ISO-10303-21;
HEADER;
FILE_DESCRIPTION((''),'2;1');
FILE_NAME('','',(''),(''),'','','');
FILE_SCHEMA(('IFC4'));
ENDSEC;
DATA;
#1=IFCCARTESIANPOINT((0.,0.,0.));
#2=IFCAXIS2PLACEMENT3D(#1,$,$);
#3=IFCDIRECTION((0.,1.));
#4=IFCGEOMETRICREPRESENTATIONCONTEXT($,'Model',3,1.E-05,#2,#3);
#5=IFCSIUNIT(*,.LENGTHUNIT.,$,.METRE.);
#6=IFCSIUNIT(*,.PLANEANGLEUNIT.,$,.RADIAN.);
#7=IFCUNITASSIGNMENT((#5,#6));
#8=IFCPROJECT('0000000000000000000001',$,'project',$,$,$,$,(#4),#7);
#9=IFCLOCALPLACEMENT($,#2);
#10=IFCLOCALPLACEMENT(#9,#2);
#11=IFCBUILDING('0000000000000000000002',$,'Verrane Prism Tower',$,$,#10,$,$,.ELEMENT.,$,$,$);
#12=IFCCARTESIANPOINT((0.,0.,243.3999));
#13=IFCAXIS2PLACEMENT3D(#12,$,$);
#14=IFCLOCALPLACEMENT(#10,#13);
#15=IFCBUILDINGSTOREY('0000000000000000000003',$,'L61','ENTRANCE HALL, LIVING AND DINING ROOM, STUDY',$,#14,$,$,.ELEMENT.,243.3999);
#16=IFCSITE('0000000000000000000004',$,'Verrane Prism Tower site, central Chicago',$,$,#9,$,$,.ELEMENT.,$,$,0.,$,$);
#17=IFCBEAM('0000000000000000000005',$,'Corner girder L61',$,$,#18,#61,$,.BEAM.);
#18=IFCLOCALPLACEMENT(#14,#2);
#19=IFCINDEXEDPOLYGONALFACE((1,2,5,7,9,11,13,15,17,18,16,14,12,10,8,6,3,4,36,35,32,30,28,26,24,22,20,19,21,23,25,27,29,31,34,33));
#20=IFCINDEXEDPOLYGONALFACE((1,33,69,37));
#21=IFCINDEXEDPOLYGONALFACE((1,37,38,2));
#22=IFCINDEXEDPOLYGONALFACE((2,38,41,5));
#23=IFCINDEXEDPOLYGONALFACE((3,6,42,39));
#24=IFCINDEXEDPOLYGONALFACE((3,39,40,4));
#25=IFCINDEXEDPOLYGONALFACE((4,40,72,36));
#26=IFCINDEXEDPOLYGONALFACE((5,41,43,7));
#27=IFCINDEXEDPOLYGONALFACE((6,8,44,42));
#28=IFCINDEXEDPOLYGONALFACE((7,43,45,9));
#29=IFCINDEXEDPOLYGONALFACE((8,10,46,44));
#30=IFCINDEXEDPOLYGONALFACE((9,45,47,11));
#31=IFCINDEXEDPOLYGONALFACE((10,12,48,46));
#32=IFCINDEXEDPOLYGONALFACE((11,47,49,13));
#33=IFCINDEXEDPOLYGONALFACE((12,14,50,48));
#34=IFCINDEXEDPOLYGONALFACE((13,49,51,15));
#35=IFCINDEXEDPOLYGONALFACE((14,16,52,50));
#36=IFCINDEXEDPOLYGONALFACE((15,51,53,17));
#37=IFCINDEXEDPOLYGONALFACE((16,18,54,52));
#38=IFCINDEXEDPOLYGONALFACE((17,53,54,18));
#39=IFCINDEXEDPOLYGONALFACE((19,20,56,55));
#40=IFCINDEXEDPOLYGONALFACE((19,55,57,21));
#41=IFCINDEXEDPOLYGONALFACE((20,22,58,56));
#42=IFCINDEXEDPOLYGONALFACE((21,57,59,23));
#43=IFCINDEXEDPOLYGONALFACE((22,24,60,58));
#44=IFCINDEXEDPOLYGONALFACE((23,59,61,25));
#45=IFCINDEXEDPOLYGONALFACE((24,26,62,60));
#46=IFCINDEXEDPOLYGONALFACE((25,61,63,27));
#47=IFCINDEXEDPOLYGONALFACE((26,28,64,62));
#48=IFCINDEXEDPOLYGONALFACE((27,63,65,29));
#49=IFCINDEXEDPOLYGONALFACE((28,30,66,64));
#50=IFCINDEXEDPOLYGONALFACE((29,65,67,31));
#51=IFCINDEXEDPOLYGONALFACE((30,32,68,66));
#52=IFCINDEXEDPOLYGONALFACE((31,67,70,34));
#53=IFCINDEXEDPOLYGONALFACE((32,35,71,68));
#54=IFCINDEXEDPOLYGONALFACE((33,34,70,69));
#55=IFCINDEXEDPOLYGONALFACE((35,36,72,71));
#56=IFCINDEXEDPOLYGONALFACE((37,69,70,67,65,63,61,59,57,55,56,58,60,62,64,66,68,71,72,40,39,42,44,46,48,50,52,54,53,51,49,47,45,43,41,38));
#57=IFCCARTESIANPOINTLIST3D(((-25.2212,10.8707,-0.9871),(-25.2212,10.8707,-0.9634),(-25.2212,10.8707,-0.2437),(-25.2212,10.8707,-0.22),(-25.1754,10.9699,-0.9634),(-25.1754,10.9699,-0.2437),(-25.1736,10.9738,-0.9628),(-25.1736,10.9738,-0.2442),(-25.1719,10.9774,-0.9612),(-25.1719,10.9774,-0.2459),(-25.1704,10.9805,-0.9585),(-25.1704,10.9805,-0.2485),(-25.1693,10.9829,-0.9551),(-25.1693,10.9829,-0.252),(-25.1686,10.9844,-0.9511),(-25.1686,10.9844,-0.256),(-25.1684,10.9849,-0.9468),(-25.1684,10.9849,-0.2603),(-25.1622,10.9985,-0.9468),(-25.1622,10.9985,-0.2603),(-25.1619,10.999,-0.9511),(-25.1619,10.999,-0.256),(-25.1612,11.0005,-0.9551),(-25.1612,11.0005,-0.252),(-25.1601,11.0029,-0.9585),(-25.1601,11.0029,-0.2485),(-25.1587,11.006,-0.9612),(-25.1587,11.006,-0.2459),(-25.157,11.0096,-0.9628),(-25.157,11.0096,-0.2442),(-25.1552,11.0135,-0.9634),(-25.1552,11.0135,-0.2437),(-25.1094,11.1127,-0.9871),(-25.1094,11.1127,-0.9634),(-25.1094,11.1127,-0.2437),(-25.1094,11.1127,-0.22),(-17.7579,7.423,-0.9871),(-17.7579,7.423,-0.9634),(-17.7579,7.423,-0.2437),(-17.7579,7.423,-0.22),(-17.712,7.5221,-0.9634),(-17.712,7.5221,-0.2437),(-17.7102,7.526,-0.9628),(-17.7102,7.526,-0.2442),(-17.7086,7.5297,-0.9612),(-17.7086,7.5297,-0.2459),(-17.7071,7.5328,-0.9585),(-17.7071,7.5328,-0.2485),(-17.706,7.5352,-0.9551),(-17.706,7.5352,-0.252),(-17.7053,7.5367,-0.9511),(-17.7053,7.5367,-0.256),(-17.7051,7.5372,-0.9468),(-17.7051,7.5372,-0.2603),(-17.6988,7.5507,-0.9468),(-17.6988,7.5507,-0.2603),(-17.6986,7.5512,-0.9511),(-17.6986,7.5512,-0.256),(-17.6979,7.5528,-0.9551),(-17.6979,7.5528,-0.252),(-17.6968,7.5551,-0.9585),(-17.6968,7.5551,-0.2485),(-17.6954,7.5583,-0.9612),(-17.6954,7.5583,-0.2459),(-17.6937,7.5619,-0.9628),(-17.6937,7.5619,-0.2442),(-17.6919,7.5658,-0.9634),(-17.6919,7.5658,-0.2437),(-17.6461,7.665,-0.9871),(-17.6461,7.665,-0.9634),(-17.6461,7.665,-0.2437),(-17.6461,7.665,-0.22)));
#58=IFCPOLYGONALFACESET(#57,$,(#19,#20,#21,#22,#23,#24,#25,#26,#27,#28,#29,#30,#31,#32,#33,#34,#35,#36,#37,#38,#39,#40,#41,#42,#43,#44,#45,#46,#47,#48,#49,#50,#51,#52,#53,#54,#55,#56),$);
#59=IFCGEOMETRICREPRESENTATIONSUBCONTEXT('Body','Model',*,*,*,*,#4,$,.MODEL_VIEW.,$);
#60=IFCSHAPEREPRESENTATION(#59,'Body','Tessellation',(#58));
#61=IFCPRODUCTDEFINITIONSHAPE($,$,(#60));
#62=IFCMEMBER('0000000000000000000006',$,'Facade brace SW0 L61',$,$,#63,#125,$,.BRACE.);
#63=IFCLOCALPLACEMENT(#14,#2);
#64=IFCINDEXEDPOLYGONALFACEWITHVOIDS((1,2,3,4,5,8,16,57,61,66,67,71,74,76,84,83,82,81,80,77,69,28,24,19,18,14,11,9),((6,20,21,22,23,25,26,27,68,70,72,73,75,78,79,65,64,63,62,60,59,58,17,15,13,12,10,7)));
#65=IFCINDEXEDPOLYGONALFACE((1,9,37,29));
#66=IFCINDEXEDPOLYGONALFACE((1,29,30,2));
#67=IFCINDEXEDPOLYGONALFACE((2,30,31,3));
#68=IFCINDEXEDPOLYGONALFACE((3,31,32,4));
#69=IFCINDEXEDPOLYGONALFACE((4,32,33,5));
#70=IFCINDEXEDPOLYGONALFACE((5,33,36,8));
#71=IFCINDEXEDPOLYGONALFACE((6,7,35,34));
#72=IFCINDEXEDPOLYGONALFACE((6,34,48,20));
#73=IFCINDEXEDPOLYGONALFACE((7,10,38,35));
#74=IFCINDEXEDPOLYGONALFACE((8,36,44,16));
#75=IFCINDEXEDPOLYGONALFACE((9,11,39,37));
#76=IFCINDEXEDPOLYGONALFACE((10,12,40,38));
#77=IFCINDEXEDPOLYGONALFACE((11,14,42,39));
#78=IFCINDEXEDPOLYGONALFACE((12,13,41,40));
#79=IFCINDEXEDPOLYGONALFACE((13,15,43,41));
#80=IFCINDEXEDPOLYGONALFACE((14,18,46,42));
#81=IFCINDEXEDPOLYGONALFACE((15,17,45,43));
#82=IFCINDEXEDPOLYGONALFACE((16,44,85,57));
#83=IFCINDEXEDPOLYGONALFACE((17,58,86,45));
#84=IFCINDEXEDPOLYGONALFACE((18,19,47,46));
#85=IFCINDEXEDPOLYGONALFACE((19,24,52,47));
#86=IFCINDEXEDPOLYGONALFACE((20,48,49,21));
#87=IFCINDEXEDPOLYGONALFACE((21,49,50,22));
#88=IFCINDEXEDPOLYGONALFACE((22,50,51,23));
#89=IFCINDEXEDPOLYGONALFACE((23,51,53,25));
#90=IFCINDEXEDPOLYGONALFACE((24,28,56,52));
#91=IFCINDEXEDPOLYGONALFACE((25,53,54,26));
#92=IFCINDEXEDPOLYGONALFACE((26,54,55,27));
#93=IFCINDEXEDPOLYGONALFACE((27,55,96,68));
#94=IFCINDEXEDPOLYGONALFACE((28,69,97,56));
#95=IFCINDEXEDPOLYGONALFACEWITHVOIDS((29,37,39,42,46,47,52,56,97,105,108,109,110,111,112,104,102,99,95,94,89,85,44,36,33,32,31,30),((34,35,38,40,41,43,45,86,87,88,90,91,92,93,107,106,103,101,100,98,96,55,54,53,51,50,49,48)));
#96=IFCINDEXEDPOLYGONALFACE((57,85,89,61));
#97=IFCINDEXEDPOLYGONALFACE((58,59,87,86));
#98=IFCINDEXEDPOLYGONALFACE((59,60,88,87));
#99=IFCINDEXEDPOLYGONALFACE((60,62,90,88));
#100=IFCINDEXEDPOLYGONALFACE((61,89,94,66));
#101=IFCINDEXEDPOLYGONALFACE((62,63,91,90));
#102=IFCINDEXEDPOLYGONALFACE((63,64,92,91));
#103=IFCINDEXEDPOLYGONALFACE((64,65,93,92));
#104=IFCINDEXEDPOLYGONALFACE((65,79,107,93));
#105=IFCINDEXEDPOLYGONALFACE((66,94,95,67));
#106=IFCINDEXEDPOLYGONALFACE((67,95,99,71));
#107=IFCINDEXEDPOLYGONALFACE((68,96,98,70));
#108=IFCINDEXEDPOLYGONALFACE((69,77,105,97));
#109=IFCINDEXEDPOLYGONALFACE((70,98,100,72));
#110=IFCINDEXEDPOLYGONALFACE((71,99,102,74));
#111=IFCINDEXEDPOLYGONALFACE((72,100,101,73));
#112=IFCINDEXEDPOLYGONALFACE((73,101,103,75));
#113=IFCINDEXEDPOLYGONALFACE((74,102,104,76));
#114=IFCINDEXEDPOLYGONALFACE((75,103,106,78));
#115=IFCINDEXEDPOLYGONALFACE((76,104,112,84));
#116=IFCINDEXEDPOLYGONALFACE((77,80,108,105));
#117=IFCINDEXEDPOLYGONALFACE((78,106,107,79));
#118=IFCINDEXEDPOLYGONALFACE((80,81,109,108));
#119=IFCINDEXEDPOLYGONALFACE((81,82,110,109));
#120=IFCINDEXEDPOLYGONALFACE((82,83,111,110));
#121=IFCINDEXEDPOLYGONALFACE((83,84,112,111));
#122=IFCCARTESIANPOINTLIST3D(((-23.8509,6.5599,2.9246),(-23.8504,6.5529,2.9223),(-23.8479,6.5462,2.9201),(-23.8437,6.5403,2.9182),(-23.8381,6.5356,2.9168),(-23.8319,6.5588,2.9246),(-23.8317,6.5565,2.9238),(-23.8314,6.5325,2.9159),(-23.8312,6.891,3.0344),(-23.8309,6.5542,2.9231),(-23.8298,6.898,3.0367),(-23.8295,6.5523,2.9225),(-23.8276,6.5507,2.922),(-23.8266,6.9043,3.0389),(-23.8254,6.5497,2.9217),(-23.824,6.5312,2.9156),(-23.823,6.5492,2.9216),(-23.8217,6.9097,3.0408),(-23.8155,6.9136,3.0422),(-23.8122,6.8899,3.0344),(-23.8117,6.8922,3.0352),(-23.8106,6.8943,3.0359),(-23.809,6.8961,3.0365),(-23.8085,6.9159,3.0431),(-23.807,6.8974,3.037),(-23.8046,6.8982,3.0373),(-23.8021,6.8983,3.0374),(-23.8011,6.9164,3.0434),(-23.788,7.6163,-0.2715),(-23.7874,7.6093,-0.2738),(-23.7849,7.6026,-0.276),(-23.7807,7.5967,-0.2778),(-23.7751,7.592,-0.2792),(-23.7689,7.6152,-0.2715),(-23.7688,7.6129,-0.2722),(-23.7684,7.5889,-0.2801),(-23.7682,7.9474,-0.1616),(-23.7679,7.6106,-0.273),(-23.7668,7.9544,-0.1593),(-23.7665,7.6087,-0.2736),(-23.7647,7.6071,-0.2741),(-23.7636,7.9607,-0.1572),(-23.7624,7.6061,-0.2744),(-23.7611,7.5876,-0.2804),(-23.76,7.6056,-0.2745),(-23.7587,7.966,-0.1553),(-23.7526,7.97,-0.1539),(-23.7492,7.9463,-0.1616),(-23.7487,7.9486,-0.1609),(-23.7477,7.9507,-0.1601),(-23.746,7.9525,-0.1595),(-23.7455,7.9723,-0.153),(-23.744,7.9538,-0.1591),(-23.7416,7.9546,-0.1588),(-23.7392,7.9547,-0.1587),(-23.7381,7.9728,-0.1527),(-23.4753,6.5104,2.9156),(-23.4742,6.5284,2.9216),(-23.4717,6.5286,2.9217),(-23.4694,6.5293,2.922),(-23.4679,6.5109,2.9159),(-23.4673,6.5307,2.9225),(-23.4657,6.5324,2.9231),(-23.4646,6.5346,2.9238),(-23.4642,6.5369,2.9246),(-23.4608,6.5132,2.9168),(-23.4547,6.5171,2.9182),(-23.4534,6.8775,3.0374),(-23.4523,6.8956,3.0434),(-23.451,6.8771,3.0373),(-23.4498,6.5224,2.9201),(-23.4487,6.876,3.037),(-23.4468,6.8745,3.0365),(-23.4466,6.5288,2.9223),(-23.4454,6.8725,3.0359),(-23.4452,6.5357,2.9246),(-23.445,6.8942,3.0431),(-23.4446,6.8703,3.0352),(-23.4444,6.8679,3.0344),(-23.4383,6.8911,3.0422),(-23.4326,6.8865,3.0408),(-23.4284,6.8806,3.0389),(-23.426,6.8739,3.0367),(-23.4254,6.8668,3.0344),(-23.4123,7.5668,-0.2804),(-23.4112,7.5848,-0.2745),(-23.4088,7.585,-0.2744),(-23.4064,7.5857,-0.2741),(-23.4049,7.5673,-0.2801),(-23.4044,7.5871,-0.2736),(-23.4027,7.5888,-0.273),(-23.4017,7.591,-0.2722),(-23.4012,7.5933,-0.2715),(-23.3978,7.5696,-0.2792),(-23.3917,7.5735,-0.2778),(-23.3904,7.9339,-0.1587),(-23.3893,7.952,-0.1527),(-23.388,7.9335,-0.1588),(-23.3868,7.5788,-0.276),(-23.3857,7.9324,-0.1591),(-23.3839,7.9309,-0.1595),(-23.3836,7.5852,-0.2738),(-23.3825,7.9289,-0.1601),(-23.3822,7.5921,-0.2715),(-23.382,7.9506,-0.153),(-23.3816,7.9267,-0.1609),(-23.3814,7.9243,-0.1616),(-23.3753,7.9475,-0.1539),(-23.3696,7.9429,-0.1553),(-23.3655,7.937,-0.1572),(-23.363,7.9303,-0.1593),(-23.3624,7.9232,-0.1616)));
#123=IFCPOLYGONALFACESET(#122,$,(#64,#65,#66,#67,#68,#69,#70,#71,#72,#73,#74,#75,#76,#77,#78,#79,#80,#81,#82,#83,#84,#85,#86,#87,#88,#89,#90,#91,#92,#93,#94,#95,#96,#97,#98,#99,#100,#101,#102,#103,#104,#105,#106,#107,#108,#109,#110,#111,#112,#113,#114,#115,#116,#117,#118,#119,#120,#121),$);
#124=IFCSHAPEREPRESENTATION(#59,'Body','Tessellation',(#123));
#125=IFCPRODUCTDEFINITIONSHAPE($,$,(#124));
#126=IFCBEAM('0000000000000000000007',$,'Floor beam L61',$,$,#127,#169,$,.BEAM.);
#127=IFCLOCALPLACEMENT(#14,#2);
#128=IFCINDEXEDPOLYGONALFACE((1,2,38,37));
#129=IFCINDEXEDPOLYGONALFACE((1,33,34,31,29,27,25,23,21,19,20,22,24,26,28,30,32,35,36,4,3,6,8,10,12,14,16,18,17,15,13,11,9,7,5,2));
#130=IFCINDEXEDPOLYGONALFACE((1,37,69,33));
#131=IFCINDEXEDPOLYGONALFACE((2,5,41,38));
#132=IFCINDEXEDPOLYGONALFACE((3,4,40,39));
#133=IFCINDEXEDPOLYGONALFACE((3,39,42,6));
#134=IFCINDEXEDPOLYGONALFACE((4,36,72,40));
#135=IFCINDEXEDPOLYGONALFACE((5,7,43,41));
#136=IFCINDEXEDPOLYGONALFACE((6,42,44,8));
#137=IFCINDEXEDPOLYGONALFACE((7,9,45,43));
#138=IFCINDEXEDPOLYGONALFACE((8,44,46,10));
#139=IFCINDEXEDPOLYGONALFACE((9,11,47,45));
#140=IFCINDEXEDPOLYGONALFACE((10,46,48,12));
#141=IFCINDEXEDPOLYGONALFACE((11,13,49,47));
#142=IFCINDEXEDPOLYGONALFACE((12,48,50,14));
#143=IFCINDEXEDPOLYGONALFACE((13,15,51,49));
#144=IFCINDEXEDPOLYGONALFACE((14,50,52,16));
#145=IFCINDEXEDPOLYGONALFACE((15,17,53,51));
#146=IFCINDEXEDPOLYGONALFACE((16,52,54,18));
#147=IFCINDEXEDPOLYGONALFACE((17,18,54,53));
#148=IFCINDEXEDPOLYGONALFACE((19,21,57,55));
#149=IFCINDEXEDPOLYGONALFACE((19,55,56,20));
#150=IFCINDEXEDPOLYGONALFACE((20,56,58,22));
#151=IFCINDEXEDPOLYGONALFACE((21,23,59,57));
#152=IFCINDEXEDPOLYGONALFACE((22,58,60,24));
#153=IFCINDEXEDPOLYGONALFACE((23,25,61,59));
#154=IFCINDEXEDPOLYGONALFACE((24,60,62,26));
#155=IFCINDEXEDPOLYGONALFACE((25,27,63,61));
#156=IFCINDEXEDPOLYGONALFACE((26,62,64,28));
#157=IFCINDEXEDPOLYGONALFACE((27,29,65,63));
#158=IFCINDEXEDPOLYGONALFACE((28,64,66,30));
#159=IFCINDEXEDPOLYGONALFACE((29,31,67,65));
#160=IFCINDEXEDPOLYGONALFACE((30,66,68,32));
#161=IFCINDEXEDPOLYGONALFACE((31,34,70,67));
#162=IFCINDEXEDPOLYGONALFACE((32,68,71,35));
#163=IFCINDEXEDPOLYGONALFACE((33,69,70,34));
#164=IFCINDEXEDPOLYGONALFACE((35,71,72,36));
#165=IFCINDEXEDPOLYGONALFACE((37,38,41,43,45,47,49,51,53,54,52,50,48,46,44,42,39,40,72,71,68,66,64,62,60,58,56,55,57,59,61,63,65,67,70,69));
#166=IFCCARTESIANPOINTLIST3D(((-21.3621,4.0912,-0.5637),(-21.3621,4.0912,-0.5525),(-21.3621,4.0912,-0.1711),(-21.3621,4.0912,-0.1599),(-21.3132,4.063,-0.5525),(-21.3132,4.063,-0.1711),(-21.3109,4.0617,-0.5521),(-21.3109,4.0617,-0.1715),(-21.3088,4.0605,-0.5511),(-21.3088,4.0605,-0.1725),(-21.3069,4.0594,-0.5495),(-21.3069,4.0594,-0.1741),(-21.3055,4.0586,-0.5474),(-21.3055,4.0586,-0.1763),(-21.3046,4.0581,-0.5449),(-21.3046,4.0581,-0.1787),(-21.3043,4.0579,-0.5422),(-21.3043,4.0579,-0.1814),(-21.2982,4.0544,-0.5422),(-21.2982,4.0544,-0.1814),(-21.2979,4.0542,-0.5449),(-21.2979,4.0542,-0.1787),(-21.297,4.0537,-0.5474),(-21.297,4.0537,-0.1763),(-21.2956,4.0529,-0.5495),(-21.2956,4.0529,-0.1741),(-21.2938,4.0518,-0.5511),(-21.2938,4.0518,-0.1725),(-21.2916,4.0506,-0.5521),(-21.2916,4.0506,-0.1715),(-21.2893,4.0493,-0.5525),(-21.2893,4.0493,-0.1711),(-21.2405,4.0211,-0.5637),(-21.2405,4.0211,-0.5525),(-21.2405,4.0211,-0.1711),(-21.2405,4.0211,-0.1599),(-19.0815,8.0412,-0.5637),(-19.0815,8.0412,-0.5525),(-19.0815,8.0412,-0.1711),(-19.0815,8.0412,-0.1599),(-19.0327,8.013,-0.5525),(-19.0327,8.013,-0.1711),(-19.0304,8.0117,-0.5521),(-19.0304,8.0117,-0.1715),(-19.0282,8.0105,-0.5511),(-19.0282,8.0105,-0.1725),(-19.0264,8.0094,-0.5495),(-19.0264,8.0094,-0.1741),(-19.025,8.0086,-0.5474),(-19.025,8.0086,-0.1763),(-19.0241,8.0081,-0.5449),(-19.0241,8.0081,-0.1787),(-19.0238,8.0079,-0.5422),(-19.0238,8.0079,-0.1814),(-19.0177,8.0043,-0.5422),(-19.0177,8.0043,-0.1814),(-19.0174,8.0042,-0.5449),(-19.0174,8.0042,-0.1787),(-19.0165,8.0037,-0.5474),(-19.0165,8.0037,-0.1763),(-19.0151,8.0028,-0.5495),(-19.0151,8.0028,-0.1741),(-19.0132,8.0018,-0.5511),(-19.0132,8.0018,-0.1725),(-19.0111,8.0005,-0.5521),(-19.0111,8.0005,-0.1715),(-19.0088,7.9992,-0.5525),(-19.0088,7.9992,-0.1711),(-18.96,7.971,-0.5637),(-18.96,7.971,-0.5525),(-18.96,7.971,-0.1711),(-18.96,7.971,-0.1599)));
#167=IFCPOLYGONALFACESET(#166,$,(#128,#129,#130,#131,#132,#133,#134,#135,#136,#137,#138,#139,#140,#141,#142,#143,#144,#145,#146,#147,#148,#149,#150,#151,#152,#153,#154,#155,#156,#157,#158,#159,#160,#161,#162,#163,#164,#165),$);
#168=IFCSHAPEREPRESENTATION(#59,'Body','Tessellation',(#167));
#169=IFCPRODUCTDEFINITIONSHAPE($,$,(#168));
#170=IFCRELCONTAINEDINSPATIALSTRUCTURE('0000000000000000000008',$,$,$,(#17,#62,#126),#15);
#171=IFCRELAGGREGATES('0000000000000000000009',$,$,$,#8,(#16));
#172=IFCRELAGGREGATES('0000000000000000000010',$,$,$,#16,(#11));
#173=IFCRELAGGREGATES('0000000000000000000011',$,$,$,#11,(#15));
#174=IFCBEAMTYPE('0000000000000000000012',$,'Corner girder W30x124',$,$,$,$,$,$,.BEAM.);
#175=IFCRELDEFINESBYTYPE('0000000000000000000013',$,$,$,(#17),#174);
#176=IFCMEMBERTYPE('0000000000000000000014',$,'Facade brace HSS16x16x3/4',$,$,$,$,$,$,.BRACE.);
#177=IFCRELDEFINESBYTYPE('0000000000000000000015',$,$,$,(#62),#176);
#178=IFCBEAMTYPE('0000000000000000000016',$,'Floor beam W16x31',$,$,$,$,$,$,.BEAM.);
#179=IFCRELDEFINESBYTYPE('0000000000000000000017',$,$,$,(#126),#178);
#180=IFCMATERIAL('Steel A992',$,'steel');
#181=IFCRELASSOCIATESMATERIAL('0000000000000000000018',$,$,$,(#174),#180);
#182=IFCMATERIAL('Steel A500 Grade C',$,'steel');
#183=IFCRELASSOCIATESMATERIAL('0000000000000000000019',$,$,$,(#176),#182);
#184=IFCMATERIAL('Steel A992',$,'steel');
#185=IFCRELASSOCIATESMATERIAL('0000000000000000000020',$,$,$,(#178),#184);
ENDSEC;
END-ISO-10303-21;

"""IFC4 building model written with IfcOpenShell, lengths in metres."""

from ifc_helpers import new_model, si_unit, direction, frame, origin, origin_2d, place, context, subcontext, project, spatial, hollow_rectangle, i_section, extrude, material, material_profile, profile_set, type_object, element, save


model = new_model("IFC4")

# Units and contexts
model_context = context("Model", 3, precision=1e-05, world=origin(), true_north=direction((0.0, 1.0)))
body_context = subcontext(model_context, "Body", "Model", "MODEL_VIEW")
ifc_project = project(units=[si_unit("LENGTHUNIT", "METRE"), si_unit("PLANEANGLEUNIT", "RADIAN")], contexts=[model_context])

# Site, building, storey
site_placement = place(None, origin())
site = spatial("IfcSite", under=ifc_project, at=site_placement, Name="Verrane Prism Tower site, central Chicago", CompositionType="ELEMENT", RefElevation=0.0)
building_placement = place(site_placement, origin())
building = spatial("IfcBuilding", under=site, at=building_placement, Name="Verrane Prism Tower", CompositionType="ELEMENT")
storey_placement = place(building_placement, frame((0.0, 0.0, 243.3999)))
storey = spatial("IfcBuildingStorey", under=building, at=storey_placement, Name="L61", Description="ENTRANCE HALL, LIVING AND DINING ROOM, STUDY", CompositionType="ELEMENT", Elevation=243.3999)

# Beam
ifc_material_1 = material(Name="Steel A992", Category="steel")
ifc_material_profile_1 = material_profile(ifc_material_1, i_section(OverallWidth=0.2666, OverallDepth=0.7671, WebThickness=0.0149, FlangeThickness=0.0237, FilletRadius=0.0166, at=origin_2d()), Name="W30x124")
ifc_profile_set_1 = profile_set([ifc_material_profile_1], Name="Steel A992")
beam_type_1 = type_object("IfcBeamType", Name="Corner girder W30x124", PredefinedType="BEAM", material=ifc_profile_set_1)
beam_1_placement = place(storey_placement, frame((-25.1653, 10.9917, -0.6035), z_axis=(0.907815, -0.419371, 0.0), x_axis=(0.419371, 0.907815, 0.0)))
element("IfcBeam", 1, at=beam_1_placement, inside=storey, type_object=beam_type_1, Name="Corner girder L61", PredefinedType="BEAM", context=body_context, shape_type="SweptSolid", body=[
    extrude(i_section(OverallWidth=0.2666, OverallDepth=0.7671, WebThickness=0.0149, FlangeThickness=0.0237, FilletRadius=0.0166, at=origin_2d()), origin(), (0.0, 0.0, 1.0), 8.2212),
])

# Member
ifc_material_2 = material(Name="Steel A500 Grade C", Category="steel")
ifc_material_profile_2 = material_profile(ifc_material_2, hollow_rectangle(XDim=0.4065, YDim=0.4065, WallThickness=0.019, InnerFilletRadius=0.0095, OuterFilletRadius=0.0286, at=origin_2d()), Name="HSS16x16x3/4")
ifc_profile_set_2 = profile_set([ifc_material_profile_2], Name="Steel A500 Grade C")
member_type_1 = type_object("IfcMemberType", Name="Facade brace HSS16x16x3/4", PredefinedType="BRACE", material=ifc_profile_set_2)
member_1_placement = place(storey_placement, frame((-23.5752, 7.7698, -0.2166), z_axis=(-0.018709, -0.313778, 0.949312), x_axis=(0.998227, -0.05952, 0.0)))
element("IfcMember", 2, at=member_1_placement, inside=storey, type_object=member_type_1, Name="Facade brace SW0 L61", PredefinedType="BRACE", context=body_context, shape_type="SweptSolid", body=[
    extrude(hollow_rectangle(XDim=0.4065, YDim=0.4065, WallThickness=0.019, InnerFilletRadius=0.0095, OuterFilletRadius=0.0286, at=origin_2d()), origin(), (0.0, 0.0, 1.0), 3.3667),
])

# Beam
ifc_material_3 = material(Name="Steel A992", Category="steel")
ifc_material_profile_3 = material_profile(ifc_material_3, i_section(OverallWidth=0.1404, OverallDepth=0.4038, WebThickness=0.0071, FlangeThickness=0.0112, FilletRadius=0.0103, at=origin_2d()), Name="W16x31")
ifc_profile_set_3 = profile_set([ifc_material_profile_3], Name="Steel A992")
beam_type_2 = type_object("IfcBeamType", Name="Floor beam W16x31", PredefinedType="BEAM", material=ifc_profile_set_3)
beam_2_placement = place(storey_placement, frame((-21.3013, 4.0562, -0.3618), z_axis=(0.500002, 0.866024, 0.0), x_axis=(-0.866024, 0.500002, 0.0)))
element("IfcBeam", 3, at=beam_2_placement, inside=storey, type_object=beam_type_2, Name="Floor beam L61", PredefinedType="BEAM", context=body_context, shape_type="SweptSolid", body=[
    extrude(i_section(OverallWidth=0.1404, OverallDepth=0.4038, WebThickness=0.0071, FlangeThickness=0.0112, FilletRadius=0.0103, at=origin_2d()), origin(), (0.0, 0.0, 1.0), 4.561),
])

save(model, "model.ifc")
